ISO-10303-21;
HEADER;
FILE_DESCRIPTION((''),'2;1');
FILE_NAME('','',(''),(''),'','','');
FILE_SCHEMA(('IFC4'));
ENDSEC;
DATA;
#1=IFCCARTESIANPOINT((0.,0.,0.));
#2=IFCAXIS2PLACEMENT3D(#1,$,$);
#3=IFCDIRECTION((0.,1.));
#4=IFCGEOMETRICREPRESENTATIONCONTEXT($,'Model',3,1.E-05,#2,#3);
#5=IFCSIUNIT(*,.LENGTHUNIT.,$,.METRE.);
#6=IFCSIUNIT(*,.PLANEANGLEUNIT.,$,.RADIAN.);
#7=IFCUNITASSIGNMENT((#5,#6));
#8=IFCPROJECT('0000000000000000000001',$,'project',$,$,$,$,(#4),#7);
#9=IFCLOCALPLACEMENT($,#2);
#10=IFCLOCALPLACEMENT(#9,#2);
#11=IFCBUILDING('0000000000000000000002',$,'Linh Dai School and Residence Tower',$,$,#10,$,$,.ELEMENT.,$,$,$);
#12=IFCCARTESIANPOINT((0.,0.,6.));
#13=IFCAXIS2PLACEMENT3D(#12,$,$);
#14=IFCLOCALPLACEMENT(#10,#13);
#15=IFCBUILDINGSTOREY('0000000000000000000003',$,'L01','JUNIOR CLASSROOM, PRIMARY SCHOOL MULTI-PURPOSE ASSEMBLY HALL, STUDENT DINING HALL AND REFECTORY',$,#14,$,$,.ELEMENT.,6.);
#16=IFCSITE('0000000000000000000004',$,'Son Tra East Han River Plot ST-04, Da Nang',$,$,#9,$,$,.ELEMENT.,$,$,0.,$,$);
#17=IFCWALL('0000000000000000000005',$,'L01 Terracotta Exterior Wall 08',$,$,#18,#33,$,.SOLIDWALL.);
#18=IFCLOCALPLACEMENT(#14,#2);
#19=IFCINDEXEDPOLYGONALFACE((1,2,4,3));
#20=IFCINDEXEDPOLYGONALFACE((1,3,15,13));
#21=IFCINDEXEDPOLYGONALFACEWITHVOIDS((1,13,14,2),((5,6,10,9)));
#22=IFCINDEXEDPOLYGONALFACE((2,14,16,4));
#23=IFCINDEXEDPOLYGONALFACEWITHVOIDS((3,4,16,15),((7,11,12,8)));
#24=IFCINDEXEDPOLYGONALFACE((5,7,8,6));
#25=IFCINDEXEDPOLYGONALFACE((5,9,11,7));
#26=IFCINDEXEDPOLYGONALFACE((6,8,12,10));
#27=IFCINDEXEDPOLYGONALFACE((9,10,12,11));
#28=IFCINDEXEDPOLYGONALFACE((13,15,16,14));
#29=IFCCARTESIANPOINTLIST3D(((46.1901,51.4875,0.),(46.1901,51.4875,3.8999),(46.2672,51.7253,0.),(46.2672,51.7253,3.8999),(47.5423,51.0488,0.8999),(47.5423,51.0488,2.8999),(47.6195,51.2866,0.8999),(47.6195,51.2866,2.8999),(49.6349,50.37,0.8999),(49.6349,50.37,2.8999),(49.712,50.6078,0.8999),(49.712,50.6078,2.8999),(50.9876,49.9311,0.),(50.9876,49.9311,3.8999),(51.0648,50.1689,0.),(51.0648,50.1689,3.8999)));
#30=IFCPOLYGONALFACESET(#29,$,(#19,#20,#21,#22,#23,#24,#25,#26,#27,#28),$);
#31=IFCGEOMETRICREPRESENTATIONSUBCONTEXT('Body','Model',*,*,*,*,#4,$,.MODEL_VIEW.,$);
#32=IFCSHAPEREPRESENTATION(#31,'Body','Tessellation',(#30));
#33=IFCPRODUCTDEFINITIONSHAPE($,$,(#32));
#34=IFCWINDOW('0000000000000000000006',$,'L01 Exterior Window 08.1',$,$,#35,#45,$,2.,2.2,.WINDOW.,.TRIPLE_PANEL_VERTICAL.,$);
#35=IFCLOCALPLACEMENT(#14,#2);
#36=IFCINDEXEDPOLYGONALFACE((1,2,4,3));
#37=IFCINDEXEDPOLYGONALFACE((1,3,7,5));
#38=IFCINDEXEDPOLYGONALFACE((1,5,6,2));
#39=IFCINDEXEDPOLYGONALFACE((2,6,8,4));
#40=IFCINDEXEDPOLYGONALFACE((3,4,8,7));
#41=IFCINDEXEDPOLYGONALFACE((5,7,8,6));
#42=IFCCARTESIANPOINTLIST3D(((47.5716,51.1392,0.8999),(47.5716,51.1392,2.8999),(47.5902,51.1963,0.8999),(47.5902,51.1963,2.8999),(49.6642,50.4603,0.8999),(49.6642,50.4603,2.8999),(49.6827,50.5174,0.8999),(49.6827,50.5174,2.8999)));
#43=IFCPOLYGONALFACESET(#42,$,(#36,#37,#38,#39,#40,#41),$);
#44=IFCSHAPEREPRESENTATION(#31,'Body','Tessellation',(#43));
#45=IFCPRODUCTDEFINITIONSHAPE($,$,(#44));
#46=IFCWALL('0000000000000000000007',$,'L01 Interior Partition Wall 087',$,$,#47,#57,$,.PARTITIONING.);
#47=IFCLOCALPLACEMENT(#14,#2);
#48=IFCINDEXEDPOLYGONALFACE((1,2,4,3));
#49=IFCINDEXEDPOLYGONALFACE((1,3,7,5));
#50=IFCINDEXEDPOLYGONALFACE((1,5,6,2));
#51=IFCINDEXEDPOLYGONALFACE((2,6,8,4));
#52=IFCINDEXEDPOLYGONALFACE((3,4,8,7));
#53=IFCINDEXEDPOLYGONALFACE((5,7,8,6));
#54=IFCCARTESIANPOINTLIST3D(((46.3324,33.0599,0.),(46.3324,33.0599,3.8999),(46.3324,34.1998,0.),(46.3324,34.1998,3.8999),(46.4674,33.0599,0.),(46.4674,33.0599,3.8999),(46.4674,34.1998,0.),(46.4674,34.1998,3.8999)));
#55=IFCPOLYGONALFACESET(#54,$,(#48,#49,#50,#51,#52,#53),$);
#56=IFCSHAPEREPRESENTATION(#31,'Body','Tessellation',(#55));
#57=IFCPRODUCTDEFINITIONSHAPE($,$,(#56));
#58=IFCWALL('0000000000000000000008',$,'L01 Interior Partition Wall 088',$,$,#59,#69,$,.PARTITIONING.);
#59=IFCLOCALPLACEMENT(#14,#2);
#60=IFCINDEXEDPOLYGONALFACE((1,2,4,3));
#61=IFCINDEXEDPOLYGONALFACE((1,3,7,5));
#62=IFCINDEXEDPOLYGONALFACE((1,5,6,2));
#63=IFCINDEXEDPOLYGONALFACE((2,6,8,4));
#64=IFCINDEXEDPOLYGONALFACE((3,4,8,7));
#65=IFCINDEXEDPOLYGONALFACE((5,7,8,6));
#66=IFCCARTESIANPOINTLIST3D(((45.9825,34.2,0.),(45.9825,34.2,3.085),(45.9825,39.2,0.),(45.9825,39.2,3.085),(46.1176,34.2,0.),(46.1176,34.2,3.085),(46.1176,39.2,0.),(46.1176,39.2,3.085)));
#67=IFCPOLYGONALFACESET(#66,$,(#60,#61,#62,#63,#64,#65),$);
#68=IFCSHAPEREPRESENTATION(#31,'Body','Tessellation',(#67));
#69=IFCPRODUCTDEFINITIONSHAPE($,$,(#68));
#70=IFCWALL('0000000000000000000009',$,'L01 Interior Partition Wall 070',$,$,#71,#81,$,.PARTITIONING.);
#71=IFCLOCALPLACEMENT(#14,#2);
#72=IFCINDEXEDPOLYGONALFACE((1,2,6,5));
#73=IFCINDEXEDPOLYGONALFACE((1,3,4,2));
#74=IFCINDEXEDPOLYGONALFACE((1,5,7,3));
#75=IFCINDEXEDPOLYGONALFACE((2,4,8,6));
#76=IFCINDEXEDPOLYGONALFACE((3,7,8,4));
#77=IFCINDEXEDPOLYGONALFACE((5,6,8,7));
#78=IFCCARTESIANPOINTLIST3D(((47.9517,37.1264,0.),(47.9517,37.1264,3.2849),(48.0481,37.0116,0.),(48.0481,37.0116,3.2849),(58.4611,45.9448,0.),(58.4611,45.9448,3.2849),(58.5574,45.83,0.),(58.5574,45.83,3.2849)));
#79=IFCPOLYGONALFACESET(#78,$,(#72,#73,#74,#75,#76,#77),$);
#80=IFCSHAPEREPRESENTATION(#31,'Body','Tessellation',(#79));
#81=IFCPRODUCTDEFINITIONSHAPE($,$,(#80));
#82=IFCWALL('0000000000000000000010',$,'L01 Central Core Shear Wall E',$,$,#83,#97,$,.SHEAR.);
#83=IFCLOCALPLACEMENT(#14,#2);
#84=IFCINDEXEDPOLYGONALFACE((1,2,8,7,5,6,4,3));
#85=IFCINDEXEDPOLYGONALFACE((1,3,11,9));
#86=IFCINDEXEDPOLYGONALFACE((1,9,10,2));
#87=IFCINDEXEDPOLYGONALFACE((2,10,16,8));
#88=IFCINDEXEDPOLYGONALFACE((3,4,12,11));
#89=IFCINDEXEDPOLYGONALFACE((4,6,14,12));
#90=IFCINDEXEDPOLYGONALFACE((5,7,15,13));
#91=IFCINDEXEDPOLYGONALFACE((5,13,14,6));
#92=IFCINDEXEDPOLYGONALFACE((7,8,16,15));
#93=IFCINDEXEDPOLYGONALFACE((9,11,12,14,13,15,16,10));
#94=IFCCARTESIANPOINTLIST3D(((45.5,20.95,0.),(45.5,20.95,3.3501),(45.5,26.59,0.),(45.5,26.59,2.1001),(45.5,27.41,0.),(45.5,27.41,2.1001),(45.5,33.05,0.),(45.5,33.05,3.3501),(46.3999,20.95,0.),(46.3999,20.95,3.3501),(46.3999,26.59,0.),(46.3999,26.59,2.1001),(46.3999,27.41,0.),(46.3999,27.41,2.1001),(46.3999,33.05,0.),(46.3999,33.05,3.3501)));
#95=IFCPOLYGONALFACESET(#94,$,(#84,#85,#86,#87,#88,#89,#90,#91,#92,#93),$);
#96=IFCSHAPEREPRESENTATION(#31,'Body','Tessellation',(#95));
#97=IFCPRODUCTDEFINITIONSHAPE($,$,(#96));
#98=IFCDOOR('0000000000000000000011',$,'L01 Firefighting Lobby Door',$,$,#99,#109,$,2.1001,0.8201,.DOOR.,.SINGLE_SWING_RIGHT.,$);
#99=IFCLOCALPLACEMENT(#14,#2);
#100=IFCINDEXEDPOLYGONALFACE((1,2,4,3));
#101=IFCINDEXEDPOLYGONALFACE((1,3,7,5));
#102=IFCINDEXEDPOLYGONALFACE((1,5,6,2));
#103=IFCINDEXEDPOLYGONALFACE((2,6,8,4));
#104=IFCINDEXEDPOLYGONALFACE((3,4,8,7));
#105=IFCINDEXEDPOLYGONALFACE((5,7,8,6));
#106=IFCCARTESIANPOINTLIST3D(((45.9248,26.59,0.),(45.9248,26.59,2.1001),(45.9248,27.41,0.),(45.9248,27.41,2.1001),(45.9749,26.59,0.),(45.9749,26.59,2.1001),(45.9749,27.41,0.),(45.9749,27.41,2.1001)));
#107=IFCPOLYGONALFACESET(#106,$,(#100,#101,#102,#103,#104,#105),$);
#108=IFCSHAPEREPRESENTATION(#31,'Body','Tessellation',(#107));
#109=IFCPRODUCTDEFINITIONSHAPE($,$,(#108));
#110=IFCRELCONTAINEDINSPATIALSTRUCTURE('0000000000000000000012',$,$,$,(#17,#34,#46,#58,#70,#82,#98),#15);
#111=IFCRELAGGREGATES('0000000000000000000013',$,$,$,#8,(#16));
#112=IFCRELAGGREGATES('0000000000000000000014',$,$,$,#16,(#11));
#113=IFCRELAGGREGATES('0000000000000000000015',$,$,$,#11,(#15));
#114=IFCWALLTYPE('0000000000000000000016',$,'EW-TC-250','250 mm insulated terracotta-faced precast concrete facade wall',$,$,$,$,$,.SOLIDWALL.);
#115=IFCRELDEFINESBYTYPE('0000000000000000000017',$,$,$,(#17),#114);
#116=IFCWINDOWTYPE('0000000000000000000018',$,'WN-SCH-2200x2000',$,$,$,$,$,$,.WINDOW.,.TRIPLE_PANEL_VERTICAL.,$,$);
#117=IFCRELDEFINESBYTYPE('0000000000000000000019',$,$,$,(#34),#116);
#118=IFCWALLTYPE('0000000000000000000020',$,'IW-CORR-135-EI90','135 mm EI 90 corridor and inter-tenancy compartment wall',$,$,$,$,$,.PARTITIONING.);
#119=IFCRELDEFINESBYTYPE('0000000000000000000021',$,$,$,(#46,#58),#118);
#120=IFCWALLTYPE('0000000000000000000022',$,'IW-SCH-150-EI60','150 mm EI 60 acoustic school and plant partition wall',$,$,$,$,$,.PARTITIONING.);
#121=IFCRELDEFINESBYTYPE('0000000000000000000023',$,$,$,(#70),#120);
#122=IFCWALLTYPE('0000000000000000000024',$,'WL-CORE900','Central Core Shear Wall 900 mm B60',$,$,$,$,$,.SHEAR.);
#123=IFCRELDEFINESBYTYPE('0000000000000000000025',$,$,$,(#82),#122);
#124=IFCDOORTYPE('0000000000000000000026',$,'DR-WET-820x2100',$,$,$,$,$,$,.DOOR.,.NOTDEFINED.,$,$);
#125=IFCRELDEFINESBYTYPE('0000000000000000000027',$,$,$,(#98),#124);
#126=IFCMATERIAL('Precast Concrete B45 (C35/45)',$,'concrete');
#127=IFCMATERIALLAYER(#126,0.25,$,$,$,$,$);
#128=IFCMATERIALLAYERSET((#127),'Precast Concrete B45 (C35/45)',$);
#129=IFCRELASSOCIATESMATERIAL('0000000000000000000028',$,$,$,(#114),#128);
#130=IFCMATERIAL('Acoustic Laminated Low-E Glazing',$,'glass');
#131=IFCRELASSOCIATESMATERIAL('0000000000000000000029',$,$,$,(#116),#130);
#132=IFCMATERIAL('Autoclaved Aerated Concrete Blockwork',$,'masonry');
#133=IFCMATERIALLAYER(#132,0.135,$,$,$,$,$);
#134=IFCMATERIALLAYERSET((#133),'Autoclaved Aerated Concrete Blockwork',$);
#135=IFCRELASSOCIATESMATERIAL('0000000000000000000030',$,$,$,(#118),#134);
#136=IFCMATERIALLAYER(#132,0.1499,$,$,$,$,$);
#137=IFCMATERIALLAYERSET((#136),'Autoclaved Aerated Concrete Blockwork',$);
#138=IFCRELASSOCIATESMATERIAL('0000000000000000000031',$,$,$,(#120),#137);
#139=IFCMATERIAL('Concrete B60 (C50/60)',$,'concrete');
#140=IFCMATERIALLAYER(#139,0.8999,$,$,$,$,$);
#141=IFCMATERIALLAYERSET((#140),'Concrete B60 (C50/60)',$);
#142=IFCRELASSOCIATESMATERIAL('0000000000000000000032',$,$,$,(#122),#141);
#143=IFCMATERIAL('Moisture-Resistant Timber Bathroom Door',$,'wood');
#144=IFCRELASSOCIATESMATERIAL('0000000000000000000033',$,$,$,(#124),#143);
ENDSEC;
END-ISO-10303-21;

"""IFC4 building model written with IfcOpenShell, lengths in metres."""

from ifc_helpers import new_model, si_unit, direction, frame, frame_2d, origin, origin_2d, place, context, subcontext, project, spatial, rectangle, extrude, source, transform, mapped, material, layer, layer_set, type_object, element, fill, save


model = new_model("IFC4")

# Units and contexts
model_context = context("Model", 3, precision=1e-05, world=origin(), true_north=direction((0.0, 1.0)))
body_context = subcontext(model_context, "Body", "Model", "MODEL_VIEW")
ifc_project = project(units=[si_unit("LENGTHUNIT", "METRE"), si_unit("PLANEANGLEUNIT", "RADIAN")], contexts=[model_context])

# Site, building, storey
site_placement = place(None, origin())
site = spatial("IfcSite", under=ifc_project, at=site_placement, Name="Son Tra East Han River Plot ST-04, Da Nang", CompositionType="ELEMENT", RefElevation=0.0)
building_placement = place(site_placement, origin())
building = spatial("IfcBuilding", under=site, at=building_placement, Name="Linh Dai School and Residence Tower", CompositionType="ELEMENT")
storey_placement = place(building_placement, frame((0.0, 0.0, 6.0)))
storey = spatial("IfcBuildingStorey", under=building, at=storey_placement, Name="L01", Description="JUNIOR CLASSROOM, PRIMARY SCHOOL MULTI-PURPOSE ASSEMBLY HALL, STUDENT DINING HALL AND REFECTORY", CompositionType="ELEMENT", Elevation=6.0)

# Shared definitions
ifc_material_1 = material(Name="Concrete B60 (C50/60)", Category="concrete")

# Shared definitions
ifc_material_2 = material(Name="Precast Concrete B45 (C35/45)", Category="concrete")
ifc_layer_1 = layer(ifc_material_2, 0.25)
ifc_layer_set_1 = layer_set([ifc_layer_1], Name="Precast Concrete B45 (C35/45)")
wall_type_1 = type_object("IfcWallType", Name="EW-TC-250", Description="250 mm insulated terracotta-faced precast concrete facade wall", PredefinedType="SOLIDWALL", material=ifc_layer_set_1)

# Shared definitions
ifc_material_3 = material(Name="Acoustic Laminated Low-E Glazing", Category="glass")
window_type = type_object("IfcWindowType", Name="WN-SCH-2200x2000", PartitioningType="TRIPLE_PANEL_VERTICAL", PredefinedType="WINDOW", material=ifc_material_3)
shared_shape_1 = source(origin(), body_context, "Body", "SweptSolid", [
    extrude(rectangle(XDim=2.2, YDim=2.0, at=origin_2d()), frame((1.1001, 0.03, 1.0), z_axis=(0.0, -1.0, 0.0), x_axis=(1.0, 0.0, 0.0)), (0.0, 0.0, 1.0), 0.0601),
])

# Wall, opening, window
wall_1_placement = place(storey_placement, frame((46.2285, 51.6064, 0.0), z_axis=(0.0, 0.0, 1.0), x_axis=(0.951199, -0.308579, 0.0)))
wall_1 = element("IfcWall", 1, at=wall_1_placement, inside=storey, type_object=wall_type_1, Name="L01 Terracotta Exterior Wall 08", PredefinedType="SOLIDWALL", context=body_context, shape_type="SweptSolid", body=[
    extrude(rectangle(XDim=5.0437, YDim=0.25, at=frame_2d((2.522, 0.0))), origin(), (0.0, 0.0, 1.0), 3.8999),
])
opening_1_placement = place(wall_1_placement, frame((1.4216, 0.0, 0.8999)))
opening_1 = element("IfcOpeningElement", 2, at=opening_1_placement, cuts=wall_1, PredefinedType="OPENING", context=body_context, shape_type="SweptSolid", body=[
    extrude(rectangle(XDim=2.2, YDim=2.0, at=origin_2d()), frame((1.1001, 0.135, 1.0), z_axis=(0.0, -1.0, 0.0), x_axis=(1.0, 0.0, 0.0)), (0.0, 0.0, 1.0), 0.27),
])
window_1_placement = place(opening_1_placement, origin())
window_1 = element("IfcWindow", 3, at=window_1_placement, inside=storey, type_object=window_type, Name="L01 Exterior Window 08.1", OverallHeight=2.0, OverallWidth=2.2, PartitioningType="TRIPLE_PANEL_VERTICAL", PredefinedType="WINDOW", context=body_context, shape_type="MappedRepresentation", body=[
    mapped(shared_shape_1, transform((0.0, 0.0, 0.0), x_axis=(1.0, 0.0, 0.0), y_axis=(0.0, 1.0, 0.0), z_axis=(0.0, 0.0, 1.0), scale=1.0)),
])
fill(opening_1, window_1)

# Walls
ifc_material_4 = material(Name="Autoclaved Aerated Concrete Blockwork", Category="masonry")
ifc_layer_2 = layer(ifc_material_4, 0.135)
ifc_layer_set_2 = layer_set([ifc_layer_2], Name="Autoclaved Aerated Concrete Blockwork")
wall_type_2 = type_object("IfcWallType", Name="IW-CORR-135-EI90", Description="135 mm EI 90 corridor and inter-tenancy compartment wall", PredefinedType="PARTITIONING", material=ifc_layer_set_2)
wall_2_placement = place(storey_placement, frame((46.3999, 33.0601, 0.0), z_axis=(0.0, 0.0, 1.0), x_axis=(0.0, 1.0, 0.0)))
element("IfcWall", 4, at=wall_2_placement, inside=storey, type_object=wall_type_2, Name="L01 Interior Partition Wall 087", PredefinedType="PARTITIONING", context=body_context, shape_type="SweptSolid", body=[
    extrude(rectangle(XDim=1.1399, YDim=0.135, at=frame_2d((0.5698, 0.0))), origin(), (0.0, 0.0, 1.0), 3.8999),
])
wall_3_placement = place(storey_placement, frame((46.05, 34.2, 0.0), z_axis=(0.0, 0.0, 1.0), x_axis=(0.0, 1.0, 0.0)))
element("IfcWall", 5, at=wall_3_placement, inside=storey, type_object=wall_type_2, Name="L01 Interior Partition Wall 088", PredefinedType="PARTITIONING", context=body_context, shape_type="SweptSolid", body=[
    extrude(rectangle(XDim=5.0, YDim=0.135, at=frame_2d((2.5, 0.0))), origin(), (0.0, 0.0, 1.0), 3.085),
])
ifc_layer_3 = layer(ifc_material_4, 0.1499)
ifc_layer_set_3 = layer_set([ifc_layer_3], Name="Autoclaved Aerated Concrete Blockwork")
wall_type_3 = type_object("IfcWallType", Name="IW-SCH-150-EI60", Description="150 mm EI 60 acoustic school and plant partition wall", PredefinedType="PARTITIONING", material=ifc_layer_set_3)
wall_4_placement = place(storey_placement, frame((48.0, 37.0691, 0.0), z_axis=(0.0, 0.0, 1.0), x_axis=(0.766043, 0.642789, 0.0)))
element("IfcWall", 6, at=wall_4_placement, inside=storey, type_object=wall_type_3, Name="L01 Interior Partition Wall 070", PredefinedType="PARTITIONING", context=body_context, shape_type="SweptSolid", body=[
    extrude(rectangle(XDim=13.719, YDim=0.1499, at=frame_2d((6.8594, 0.0))), origin(), (0.0, 0.0, 1.0), 3.2849),
])

# Wall, opening, door
ifc_layer_4 = layer(ifc_material_1, 0.8999)
ifc_layer_set_4 = layer_set([ifc_layer_4], Name="Concrete B60 (C50/60)")
wall_type_4 = type_object("IfcWallType", Name="WL-CORE900", Description="Central Core Shear Wall 900 mm B60", PredefinedType="SHEAR", material=ifc_layer_set_4)
wall_5_placement = place(storey_placement, frame((45.95, 33.05, 0.0), z_axis=(0.0, 0.0, 1.0), x_axis=(0.0, -1.0, 0.0)))
wall_5 = element("IfcWall", 7, at=wall_5_placement, inside=storey, type_object=wall_type_4, Name="L01 Central Core Shear Wall E", PredefinedType="SHEAR", context=body_context, shape_type="SweptSolid", body=[
    extrude(rectangle(XDim=12.1001, YDim=0.8999, at=frame_2d((6.05, 0.0))), origin(), (0.0, 0.0, 1.0), 3.3501),
])
opening_2_placement = place(wall_5_placement, frame((5.6399, 0.0, 0.0)))
opening_2 = element("IfcOpeningElement", 8, at=opening_2_placement, cuts=wall_5, PredefinedType="OPENING", context=body_context, shape_type="SweptSolid", body=[
    extrude(rectangle(XDim=0.8201, YDim=2.1001, at=origin_2d()), frame((0.4102, 0.46, 1.05), z_axis=(0.0, -1.0, 0.0), x_axis=(1.0, 0.0, 0.0)), (0.0, 0.0, 1.0), 0.9199),
])
ifc_material_5 = material(Name="Moisture-Resistant Timber Bathroom Door", Category="wood")
door_type = type_object("IfcDoorType", Name="DR-WET-820x2100", OperationType="NOTDEFINED", PredefinedType="DOOR", material=ifc_material_5)
shared_shape_2 = source(origin(), body_context, "Body", "SweptSolid", [
    extrude(rectangle(XDim=0.8201, YDim=2.1001, at=origin_2d()), frame((0.4102, 0.0249, 1.05), z_axis=(0.0, -1.0, 0.0), x_axis=(1.0, 0.0, 0.0)), (0.0, 0.0, 1.0), 0.05),
])
door_placement = place(opening_2_placement, origin())
door = element("IfcDoor", 9, at=door_placement, inside=storey, type_object=door_type, Name="L01 Firefighting Lobby Door", OperationType="SINGLE_SWING_RIGHT", OverallHeight=2.1001, OverallWidth=0.8201, PredefinedType="DOOR", context=body_context, shape_type="MappedRepresentation", body=[
    mapped(shared_shape_2, transform((0.0, 0.0, 0.0), x_axis=(1.0, 0.0, 0.0), y_axis=(0.0, 1.0, 0.0), z_axis=(0.0, 0.0, 1.0), scale=1.0)),
])
fill(opening_2, door)

save(model, "model.ifc")
